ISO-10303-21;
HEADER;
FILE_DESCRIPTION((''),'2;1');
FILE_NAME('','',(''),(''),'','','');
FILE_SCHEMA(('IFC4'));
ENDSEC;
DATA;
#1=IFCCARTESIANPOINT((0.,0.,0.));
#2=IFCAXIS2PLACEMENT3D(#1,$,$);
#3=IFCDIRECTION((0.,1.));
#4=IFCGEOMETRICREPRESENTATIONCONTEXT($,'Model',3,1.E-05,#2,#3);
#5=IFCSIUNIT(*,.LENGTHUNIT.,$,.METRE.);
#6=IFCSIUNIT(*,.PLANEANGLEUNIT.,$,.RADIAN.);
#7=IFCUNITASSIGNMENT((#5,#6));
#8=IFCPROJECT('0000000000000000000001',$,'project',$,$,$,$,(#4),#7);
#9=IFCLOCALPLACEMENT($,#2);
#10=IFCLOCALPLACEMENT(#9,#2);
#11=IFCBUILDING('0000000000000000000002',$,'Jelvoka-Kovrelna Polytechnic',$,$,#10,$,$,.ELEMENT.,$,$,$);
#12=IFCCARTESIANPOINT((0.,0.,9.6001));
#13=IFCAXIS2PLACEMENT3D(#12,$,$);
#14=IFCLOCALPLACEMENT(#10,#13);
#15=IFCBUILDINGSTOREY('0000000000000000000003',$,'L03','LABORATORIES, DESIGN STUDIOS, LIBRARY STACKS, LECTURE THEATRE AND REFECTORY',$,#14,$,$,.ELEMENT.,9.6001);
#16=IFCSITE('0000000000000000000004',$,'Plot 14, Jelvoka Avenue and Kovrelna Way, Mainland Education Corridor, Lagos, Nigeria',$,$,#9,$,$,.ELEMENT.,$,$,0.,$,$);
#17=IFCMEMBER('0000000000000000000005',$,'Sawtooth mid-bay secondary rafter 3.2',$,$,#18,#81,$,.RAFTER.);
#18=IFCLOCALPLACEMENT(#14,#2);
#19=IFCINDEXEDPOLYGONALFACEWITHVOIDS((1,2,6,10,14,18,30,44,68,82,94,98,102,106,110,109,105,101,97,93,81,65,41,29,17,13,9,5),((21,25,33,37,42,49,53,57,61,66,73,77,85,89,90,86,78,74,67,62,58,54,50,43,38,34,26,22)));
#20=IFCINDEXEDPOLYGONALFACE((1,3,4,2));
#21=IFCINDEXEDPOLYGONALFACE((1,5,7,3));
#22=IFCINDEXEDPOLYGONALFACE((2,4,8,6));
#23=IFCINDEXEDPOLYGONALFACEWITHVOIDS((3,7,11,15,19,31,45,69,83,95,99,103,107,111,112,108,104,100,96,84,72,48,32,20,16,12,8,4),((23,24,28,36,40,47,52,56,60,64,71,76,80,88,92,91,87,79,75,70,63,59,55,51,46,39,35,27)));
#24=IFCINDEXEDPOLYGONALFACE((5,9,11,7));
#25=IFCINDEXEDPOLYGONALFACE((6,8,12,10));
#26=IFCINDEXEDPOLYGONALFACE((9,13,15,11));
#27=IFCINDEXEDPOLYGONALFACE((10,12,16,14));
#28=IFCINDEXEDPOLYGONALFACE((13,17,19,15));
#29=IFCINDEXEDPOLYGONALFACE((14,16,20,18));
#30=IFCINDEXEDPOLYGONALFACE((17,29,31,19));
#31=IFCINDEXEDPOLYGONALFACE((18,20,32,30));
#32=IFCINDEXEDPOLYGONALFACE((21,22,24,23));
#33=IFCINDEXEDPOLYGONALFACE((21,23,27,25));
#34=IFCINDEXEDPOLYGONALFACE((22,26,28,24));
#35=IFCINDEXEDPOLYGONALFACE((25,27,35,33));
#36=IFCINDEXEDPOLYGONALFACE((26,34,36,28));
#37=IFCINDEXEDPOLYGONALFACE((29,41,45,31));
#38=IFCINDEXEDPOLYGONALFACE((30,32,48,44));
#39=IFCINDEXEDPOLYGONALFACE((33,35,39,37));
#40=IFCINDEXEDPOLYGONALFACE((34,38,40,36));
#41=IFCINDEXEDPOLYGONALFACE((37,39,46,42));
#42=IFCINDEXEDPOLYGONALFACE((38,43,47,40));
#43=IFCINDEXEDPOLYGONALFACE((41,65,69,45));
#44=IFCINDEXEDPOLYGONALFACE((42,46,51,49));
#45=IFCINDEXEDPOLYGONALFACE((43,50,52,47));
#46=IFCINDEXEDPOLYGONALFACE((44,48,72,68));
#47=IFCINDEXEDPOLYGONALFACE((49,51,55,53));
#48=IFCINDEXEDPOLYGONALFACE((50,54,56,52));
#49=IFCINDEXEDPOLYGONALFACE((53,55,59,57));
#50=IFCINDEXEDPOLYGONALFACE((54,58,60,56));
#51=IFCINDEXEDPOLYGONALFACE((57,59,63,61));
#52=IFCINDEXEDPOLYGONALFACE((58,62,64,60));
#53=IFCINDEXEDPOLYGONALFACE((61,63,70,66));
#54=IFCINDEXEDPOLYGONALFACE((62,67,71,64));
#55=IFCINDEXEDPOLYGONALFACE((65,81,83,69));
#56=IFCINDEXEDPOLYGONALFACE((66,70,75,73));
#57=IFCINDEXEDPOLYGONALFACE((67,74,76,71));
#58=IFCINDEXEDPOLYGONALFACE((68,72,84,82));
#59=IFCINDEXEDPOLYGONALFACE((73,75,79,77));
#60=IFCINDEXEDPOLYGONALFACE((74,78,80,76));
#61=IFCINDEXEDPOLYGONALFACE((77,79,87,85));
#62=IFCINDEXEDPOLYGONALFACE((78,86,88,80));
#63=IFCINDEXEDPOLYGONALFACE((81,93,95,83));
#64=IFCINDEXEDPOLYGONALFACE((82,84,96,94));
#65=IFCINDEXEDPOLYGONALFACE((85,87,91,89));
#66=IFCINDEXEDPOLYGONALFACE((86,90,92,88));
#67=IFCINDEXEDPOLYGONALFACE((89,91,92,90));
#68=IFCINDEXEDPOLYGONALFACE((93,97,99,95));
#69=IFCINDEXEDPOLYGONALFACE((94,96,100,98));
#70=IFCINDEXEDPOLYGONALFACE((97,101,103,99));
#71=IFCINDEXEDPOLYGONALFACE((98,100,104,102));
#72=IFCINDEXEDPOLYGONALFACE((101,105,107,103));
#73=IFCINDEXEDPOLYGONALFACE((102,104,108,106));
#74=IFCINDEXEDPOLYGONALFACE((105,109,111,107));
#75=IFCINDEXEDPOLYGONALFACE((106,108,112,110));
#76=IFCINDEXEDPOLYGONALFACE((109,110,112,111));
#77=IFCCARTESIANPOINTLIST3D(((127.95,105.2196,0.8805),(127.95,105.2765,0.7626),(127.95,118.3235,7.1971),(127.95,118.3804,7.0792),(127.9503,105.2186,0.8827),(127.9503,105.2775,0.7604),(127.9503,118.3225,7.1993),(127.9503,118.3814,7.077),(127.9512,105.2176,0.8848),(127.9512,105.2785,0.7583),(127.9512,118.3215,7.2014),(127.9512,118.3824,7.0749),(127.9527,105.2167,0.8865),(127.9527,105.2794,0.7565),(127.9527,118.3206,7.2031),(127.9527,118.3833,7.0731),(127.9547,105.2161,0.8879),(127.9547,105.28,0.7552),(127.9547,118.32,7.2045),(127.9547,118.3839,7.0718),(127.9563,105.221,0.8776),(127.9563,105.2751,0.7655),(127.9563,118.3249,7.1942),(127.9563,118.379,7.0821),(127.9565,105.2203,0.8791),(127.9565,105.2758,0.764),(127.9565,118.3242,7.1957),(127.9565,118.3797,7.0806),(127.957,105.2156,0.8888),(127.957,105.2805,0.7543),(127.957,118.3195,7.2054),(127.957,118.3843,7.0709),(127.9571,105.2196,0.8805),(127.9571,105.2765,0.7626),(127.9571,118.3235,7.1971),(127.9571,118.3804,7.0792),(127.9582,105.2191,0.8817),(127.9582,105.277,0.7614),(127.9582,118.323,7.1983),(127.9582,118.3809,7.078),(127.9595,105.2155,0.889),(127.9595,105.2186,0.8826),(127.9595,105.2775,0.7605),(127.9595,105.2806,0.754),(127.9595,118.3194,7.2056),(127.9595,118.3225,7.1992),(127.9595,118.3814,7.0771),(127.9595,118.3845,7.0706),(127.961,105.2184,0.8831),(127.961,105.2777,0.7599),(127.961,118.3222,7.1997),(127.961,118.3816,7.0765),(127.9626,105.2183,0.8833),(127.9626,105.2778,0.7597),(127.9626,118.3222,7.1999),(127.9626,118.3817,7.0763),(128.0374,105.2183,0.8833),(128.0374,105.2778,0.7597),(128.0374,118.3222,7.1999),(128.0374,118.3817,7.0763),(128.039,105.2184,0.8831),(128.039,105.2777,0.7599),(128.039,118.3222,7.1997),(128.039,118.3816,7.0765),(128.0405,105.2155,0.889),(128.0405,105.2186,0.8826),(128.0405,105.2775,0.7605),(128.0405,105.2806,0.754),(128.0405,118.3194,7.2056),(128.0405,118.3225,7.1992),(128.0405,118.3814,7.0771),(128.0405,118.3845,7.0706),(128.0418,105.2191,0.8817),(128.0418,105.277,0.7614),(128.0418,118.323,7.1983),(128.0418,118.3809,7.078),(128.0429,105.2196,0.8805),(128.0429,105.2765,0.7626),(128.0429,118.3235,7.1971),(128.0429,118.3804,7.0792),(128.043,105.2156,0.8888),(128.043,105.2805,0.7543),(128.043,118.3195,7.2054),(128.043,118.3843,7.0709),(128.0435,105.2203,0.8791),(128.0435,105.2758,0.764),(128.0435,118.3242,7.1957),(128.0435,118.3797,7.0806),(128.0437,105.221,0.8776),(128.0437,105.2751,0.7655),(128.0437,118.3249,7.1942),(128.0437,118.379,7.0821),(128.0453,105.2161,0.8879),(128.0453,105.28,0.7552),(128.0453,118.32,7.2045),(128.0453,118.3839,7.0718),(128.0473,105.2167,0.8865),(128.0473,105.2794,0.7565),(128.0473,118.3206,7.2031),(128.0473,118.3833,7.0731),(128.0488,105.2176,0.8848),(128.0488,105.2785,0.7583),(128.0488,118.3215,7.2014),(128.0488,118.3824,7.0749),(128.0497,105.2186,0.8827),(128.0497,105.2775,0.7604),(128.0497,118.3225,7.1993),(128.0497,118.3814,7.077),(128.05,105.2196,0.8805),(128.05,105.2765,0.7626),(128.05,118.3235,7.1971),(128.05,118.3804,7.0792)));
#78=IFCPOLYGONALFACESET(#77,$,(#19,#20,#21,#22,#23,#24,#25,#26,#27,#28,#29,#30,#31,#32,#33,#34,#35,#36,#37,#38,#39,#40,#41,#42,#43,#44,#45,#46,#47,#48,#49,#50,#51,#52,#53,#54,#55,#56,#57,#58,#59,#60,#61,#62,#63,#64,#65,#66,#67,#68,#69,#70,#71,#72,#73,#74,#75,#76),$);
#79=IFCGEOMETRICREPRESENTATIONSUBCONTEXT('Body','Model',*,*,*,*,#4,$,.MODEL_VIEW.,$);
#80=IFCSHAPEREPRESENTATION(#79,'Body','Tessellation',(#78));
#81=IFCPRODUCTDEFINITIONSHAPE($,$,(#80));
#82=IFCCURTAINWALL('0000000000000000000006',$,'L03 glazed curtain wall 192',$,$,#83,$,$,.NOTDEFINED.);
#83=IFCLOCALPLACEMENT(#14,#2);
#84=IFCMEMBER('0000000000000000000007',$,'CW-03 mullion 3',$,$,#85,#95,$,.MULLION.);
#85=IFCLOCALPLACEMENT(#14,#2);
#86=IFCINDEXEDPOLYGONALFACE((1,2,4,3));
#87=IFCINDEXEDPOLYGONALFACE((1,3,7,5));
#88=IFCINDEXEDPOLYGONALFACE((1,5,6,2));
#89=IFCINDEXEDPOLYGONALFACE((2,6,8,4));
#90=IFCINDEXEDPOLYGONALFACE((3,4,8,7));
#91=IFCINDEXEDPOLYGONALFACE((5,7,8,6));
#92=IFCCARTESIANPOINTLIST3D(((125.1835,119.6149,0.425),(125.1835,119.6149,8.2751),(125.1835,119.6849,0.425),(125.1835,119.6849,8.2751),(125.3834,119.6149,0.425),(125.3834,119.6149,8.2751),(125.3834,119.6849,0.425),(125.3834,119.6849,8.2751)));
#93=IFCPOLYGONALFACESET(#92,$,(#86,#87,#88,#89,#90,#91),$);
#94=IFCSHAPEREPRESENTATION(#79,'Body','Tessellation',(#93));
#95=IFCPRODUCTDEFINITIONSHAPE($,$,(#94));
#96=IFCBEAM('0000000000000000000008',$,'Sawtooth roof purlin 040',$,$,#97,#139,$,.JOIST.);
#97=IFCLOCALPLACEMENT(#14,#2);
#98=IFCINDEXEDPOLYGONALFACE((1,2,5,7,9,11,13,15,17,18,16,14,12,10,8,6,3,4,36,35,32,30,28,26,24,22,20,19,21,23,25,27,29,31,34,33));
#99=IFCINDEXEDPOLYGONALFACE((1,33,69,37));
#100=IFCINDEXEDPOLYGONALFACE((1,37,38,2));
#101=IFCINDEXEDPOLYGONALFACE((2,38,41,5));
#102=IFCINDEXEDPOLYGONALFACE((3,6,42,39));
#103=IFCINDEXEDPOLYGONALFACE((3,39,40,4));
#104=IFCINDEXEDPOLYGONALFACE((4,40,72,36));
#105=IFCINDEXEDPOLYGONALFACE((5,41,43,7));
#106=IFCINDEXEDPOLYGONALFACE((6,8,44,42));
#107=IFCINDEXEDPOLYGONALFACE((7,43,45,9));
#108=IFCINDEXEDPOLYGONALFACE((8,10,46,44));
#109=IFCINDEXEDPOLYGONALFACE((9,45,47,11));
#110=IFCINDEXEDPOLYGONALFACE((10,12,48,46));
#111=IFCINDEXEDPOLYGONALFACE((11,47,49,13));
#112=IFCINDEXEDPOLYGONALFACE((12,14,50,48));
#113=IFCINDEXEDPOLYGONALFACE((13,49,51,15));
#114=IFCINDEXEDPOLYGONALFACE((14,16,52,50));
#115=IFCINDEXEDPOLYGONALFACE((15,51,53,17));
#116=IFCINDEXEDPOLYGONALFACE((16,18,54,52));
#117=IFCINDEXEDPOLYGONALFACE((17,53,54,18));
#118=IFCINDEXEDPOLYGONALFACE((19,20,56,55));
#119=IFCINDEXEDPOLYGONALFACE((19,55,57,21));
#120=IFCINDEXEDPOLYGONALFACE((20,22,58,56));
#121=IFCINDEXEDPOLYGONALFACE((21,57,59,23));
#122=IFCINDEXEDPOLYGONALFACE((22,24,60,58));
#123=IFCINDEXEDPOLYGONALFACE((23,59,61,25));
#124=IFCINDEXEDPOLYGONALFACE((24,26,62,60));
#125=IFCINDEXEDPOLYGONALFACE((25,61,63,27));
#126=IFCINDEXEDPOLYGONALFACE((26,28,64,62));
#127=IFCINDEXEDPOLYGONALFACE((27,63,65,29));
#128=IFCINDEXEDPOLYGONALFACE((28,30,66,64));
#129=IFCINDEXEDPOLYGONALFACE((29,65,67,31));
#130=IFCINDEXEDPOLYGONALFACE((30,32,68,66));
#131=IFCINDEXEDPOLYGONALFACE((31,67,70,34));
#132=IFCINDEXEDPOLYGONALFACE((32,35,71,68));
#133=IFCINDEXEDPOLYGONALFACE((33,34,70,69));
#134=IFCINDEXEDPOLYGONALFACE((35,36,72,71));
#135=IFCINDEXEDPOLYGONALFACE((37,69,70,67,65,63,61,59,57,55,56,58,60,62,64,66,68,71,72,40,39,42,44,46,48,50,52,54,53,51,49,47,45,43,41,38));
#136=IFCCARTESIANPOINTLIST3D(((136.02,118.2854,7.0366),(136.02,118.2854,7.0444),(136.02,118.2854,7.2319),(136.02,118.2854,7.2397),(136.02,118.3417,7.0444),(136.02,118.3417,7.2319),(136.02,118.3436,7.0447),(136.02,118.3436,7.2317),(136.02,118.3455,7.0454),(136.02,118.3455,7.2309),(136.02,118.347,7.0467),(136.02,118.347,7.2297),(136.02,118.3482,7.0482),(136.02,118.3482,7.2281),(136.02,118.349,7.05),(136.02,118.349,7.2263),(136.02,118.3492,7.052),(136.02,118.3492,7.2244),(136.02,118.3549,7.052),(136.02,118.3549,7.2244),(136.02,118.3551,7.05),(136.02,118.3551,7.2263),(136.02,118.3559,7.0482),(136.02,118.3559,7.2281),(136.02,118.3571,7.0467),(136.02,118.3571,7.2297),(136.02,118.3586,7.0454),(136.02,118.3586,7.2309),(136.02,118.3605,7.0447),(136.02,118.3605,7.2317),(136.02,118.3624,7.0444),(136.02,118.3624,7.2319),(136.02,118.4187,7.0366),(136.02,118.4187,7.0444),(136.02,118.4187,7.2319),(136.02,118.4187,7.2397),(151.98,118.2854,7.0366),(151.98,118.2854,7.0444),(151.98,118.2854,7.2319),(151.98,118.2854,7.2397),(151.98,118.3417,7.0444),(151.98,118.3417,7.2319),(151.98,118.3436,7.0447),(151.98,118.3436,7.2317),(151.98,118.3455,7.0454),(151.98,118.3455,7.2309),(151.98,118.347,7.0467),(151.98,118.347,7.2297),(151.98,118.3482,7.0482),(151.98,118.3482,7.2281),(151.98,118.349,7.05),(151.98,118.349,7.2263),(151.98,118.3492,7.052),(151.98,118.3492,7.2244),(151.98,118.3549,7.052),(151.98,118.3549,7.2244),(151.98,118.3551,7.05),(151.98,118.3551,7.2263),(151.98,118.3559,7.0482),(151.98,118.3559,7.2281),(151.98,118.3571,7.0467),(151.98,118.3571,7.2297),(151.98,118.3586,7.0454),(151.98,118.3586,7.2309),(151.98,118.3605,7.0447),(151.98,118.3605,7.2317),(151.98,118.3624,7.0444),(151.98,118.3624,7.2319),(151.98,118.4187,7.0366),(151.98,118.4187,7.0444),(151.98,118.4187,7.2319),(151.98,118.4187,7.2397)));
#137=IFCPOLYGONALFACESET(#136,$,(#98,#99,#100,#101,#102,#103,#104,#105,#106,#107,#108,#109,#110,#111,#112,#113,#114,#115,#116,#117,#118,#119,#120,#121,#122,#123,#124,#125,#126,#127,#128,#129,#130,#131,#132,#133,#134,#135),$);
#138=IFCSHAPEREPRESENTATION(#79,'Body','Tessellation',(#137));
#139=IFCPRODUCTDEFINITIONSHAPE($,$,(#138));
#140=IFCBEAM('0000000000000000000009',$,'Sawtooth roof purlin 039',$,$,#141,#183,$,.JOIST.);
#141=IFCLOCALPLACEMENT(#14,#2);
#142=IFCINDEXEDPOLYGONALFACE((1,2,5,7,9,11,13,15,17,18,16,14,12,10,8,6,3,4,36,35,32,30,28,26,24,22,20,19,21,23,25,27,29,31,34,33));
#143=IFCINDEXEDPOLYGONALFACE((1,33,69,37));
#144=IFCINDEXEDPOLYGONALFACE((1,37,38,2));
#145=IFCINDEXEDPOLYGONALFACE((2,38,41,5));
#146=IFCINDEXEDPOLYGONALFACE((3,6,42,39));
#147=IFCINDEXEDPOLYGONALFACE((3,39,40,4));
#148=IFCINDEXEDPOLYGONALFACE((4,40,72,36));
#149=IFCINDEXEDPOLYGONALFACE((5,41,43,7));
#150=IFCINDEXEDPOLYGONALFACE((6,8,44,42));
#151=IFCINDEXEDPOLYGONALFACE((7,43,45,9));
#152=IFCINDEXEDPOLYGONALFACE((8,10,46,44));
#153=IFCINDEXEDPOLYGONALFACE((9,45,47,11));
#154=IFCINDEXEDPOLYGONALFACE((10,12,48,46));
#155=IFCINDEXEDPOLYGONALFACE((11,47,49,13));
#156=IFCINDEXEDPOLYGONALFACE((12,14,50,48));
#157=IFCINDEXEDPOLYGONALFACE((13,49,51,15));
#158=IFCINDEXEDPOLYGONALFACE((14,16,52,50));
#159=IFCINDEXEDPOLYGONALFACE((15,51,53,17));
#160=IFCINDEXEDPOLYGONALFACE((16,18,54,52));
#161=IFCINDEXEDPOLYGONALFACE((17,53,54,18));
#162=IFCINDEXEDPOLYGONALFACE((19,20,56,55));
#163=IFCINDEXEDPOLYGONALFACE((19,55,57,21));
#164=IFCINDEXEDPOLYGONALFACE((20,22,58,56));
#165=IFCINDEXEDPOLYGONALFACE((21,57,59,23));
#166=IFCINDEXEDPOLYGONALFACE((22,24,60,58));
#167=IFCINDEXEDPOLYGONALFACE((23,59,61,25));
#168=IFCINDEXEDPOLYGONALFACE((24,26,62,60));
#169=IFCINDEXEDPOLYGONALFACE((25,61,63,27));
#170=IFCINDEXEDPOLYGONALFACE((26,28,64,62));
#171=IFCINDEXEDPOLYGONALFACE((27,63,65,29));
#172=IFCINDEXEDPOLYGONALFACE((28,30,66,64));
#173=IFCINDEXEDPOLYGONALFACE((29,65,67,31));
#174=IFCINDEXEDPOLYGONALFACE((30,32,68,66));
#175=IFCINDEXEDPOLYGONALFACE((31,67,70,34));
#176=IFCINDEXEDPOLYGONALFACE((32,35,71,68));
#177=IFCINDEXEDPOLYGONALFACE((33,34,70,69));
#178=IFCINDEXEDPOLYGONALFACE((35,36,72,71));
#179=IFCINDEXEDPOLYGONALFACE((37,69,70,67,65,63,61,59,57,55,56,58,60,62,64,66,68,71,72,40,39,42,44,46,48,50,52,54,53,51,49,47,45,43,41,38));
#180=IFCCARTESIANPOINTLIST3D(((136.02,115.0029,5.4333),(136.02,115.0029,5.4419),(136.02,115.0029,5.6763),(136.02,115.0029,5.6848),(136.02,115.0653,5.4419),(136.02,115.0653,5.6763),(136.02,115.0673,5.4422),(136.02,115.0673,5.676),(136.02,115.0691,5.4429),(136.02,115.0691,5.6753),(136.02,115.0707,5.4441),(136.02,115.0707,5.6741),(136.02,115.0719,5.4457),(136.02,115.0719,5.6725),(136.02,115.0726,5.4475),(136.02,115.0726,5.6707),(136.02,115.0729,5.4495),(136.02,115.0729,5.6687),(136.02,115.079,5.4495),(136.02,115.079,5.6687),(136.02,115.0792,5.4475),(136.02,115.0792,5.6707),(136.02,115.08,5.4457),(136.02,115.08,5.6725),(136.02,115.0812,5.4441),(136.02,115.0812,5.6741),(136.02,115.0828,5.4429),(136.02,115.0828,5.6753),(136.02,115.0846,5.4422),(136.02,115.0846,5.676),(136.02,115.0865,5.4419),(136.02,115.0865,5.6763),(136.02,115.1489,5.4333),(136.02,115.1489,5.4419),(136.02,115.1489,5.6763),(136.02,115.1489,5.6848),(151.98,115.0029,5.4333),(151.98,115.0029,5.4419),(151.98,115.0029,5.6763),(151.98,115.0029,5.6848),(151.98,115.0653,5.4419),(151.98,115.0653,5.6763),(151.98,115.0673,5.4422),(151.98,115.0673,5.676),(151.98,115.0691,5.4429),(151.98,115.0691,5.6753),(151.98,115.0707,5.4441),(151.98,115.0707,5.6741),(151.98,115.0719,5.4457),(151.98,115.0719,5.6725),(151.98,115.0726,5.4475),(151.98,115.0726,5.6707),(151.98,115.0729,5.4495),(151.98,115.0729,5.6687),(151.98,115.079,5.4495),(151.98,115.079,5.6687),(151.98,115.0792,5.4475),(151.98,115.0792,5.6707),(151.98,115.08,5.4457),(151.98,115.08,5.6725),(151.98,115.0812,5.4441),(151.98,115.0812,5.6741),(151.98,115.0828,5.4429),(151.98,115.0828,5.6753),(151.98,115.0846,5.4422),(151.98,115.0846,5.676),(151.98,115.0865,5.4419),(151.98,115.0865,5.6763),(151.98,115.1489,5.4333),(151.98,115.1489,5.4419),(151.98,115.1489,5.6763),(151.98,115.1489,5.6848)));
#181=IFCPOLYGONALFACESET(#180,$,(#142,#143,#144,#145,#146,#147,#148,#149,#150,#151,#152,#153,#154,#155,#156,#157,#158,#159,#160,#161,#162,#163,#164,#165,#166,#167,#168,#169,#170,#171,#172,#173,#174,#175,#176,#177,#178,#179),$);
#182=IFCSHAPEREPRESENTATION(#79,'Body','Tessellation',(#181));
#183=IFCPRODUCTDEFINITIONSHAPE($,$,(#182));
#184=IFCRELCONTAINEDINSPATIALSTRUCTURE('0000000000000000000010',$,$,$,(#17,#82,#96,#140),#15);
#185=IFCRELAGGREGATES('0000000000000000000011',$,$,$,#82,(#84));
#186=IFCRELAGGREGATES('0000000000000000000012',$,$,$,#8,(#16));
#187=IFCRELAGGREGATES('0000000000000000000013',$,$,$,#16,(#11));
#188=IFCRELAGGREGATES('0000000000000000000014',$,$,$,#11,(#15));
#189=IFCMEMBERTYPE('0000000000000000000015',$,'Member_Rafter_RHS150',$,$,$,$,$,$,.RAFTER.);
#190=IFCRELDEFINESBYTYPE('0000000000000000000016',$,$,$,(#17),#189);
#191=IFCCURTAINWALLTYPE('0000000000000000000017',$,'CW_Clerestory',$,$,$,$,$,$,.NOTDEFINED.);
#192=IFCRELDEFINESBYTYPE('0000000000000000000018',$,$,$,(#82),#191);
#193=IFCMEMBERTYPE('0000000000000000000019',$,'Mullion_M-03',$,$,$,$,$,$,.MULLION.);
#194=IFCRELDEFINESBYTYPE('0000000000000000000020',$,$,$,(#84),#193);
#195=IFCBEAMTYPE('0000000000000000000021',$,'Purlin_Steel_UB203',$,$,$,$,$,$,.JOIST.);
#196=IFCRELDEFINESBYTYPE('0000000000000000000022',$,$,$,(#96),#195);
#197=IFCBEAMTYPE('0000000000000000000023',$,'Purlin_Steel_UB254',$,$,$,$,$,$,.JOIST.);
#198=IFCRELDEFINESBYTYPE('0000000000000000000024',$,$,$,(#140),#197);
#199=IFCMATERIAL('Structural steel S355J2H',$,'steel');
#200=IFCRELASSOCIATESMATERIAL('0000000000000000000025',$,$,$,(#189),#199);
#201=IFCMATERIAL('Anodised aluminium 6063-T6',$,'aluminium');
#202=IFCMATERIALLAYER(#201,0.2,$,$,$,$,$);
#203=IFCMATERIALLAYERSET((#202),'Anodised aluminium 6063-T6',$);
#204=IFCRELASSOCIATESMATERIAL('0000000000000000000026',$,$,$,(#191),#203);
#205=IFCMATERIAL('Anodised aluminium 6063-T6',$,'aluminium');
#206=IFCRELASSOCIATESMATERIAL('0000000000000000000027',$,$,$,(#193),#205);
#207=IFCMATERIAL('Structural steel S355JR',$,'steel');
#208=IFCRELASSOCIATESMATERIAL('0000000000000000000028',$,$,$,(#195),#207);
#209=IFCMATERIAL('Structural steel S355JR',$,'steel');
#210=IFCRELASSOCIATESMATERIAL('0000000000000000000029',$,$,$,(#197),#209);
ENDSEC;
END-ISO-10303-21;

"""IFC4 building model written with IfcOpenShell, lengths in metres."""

from ifc_helpers import new_model, si_unit, direction, frame, origin, origin_2d, place, context, subcontext, project, spatial, rectangle, hollow_rectangle, i_section, extrude, material, layer, layer_set, material_profile, profile_set, type_object, element, aggregate, save


model = new_model("IFC4")

# Units and contexts
model_context = context("Model", 3, precision=1e-05, world=origin(), true_north=direction((0.0, 1.0)))
body_context = subcontext(model_context, "Body", "Model", "MODEL_VIEW")
ifc_project = project(units=[si_unit("LENGTHUNIT", "METRE"), si_unit("PLANEANGLEUNIT", "RADIAN")], contexts=[model_context])

# Site, building, storey
site_placement = place(None, origin())
site = spatial("IfcSite", under=ifc_project, at=site_placement, Name="Plot 14, Jelvoka Avenue and Kovrelna Way, Mainland Education Corridor, Lagos, Nigeria", CompositionType="ELEMENT", RefElevation=0.0)
building_placement = place(site_placement, origin())
building = spatial("IfcBuilding", under=site, at=building_placement, Name="Jelvoka-Kovrelna Polytechnic", CompositionType="ELEMENT")
storey_placement = place(building_placement, frame((0.0, 0.0, 9.6001)))
storey = spatial("IfcBuildingStorey", under=building, at=storey_placement, Name="L03", Description="LABORATORIES, DESIGN STUDIOS, LIBRARY STACKS, LECTURE THEATRE AND REFECTORY", CompositionType="ELEMENT", Elevation=9.6001)

# Member
ifc_material_1 = material(Name="Structural steel S355J2H", Category="steel")
ifc_material_profile_1 = material_profile(ifc_material_1, hollow_rectangle(XDim=0.1001, YDim=0.1499, WallThickness=0.0063, InnerFilletRadius=0.0063, OuterFilletRadius=0.0095, at=origin_2d()), Name="150x100x6.3 RHS")
ifc_profile_set_1 = profile_set([ifc_material_profile_1], Name="Structural steel S355J2H")
member_type_1 = type_object("IfcMemberType", Name="Member_Rafter_RHS150", PredefinedType="RAFTER", material=ifc_profile_set_1)
member_1_placement = place(storey_placement, frame((128.0, 105.248, 0.8215), z_axis=(0.0, 0.900805, 0.434224), x_axis=(-1.0, 0.0, 0.0)))
element("IfcMember", 1, at=member_1_placement, inside=storey, type_object=member_type_1, Name="Sawtooth mid-bay secondary rafter 3.2", PredefinedType="RAFTER", context=body_context, shape_type="SweptSolid", body=[
    extrude(hollow_rectangle(XDim=0.1001, YDim=0.1499, WallThickness=0.0063, InnerFilletRadius=0.0063, OuterFilletRadius=0.0095, at=origin_2d()), origin(), (0.0, 0.0, 1.0), 14.5469),
])

# Curtain wall, member
ifc_material_2 = material(Name="Anodised aluminium 6063-T6", Category="aluminium")
ifc_layer_1 = layer(ifc_material_2, 0.2)
ifc_layer_set_1 = layer_set([ifc_layer_1], Name="Anodised aluminium 6063-T6")
curtain_wall_type = type_object("IfcCurtainWallType", Name="CW_Clerestory", PredefinedType="NOTDEFINED", material=ifc_layer_set_1)
curtain_wall_placement = place(storey_placement, origin())
curtain_wall = element("IfcCurtainWall", 2, at=curtain_wall_placement, inside=storey, type_object=curtain_wall_type, Name="L03 glazed curtain wall 192", PredefinedType="NOTDEFINED")
ifc_material_3 = material(Name="Anodised aluminium 6063-T6", Category="aluminium")
ifc_material_profile_2 = material_profile(ifc_material_3, rectangle(XDim=0.0701, YDim=0.2, at=origin_2d()), Name="ALU 70x200")
ifc_profile_set_2 = profile_set([ifc_material_profile_2], Name="Anodised aluminium 6063-T6")
member_type_2 = type_object("IfcMemberType", Name="Mullion_M-03", PredefinedType="MULLION", material=ifc_profile_set_2)
member_2_placement = place(storey_placement, frame((125.2834, 119.6499, 0.425), z_axis=(0.0, 0.0, 1.0), x_axis=(0.0, 1.0, 0.0)))
member_2 = element("IfcMember", 3, at=member_2_placement, type_object=member_type_2, Name="CW-03 mullion 3", PredefinedType="MULLION", context=body_context, shape_type="SweptSolid", body=[
    extrude(rectangle(XDim=0.0701, YDim=0.2, at=origin_2d()), origin(), (0.0, 0.0, 1.0), 7.8501),
])

# Beams
ifc_material_4 = material(Name="Structural steel S355JR", Category="steel")
ifc_material_profile_3 = material_profile(ifc_material_4, i_section(OverallWidth=0.1333, OverallDepth=0.2031, WebThickness=0.0056, FlangeThickness=0.0078, FilletRadius=0.0076, at=origin_2d()), Name="203x133x25 UB")
ifc_profile_set_3 = profile_set([ifc_material_profile_3], Name="Structural steel S355JR")
beam_type_1 = type_object("IfcBeamType", Name="Purlin_Steel_UB203", PredefinedType="JOIST", material=ifc_profile_set_3)
beam_1_placement = place(storey_placement, frame((136.02, 118.3521, 7.1382), z_axis=(1.0, 0.0, 0.0), x_axis=(0.0, 1.0, 0.0)))
element("IfcBeam", 4, at=beam_1_placement, inside=storey, type_object=beam_type_1, Name="Sawtooth roof purlin 040", PredefinedType="JOIST", context=body_context, shape_type="SweptSolid", body=[
    extrude(i_section(OverallWidth=0.1333, OverallDepth=0.2031, WebThickness=0.0056, FlangeThickness=0.0078, FilletRadius=0.0076, at=origin_2d()), origin(), (0.0, 0.0, 1.0), 15.96),
])
ifc_material_5 = material(Name="Structural steel S355JR", Category="steel")
ifc_material_profile_4 = material_profile(ifc_material_5, i_section(OverallWidth=0.146, OverallDepth=0.2515, WebThickness=0.0061, FlangeThickness=0.0085, FilletRadius=0.0076, at=origin_2d()), Name="254x146x31 UB")
ifc_profile_set_4 = profile_set([ifc_material_profile_4], Name="Structural steel S355JR")
beam_type_2 = type_object("IfcBeamType", Name="Purlin_Steel_UB254", PredefinedType="JOIST", material=ifc_profile_set_4)
beam_2_placement = place(storey_placement, frame((136.02, 115.0759, 5.5591), z_axis=(1.0, 0.0, 0.0), x_axis=(0.0, 1.0, 0.0)))
element("IfcBeam", 5, at=beam_2_placement, inside=storey, type_object=beam_type_2, Name="Sawtooth roof purlin 039", PredefinedType="JOIST", context=body_context, shape_type="SweptSolid", body=[
    extrude(i_section(OverallWidth=0.146, OverallDepth=0.2515, WebThickness=0.0061, FlangeThickness=0.0085, FilletRadius=0.0076, at=origin_2d()), origin(), (0.0, 0.0, 1.0), 15.96),
])

aggregate(curtain_wall, [member_2])

save(model, "model.ifc")
